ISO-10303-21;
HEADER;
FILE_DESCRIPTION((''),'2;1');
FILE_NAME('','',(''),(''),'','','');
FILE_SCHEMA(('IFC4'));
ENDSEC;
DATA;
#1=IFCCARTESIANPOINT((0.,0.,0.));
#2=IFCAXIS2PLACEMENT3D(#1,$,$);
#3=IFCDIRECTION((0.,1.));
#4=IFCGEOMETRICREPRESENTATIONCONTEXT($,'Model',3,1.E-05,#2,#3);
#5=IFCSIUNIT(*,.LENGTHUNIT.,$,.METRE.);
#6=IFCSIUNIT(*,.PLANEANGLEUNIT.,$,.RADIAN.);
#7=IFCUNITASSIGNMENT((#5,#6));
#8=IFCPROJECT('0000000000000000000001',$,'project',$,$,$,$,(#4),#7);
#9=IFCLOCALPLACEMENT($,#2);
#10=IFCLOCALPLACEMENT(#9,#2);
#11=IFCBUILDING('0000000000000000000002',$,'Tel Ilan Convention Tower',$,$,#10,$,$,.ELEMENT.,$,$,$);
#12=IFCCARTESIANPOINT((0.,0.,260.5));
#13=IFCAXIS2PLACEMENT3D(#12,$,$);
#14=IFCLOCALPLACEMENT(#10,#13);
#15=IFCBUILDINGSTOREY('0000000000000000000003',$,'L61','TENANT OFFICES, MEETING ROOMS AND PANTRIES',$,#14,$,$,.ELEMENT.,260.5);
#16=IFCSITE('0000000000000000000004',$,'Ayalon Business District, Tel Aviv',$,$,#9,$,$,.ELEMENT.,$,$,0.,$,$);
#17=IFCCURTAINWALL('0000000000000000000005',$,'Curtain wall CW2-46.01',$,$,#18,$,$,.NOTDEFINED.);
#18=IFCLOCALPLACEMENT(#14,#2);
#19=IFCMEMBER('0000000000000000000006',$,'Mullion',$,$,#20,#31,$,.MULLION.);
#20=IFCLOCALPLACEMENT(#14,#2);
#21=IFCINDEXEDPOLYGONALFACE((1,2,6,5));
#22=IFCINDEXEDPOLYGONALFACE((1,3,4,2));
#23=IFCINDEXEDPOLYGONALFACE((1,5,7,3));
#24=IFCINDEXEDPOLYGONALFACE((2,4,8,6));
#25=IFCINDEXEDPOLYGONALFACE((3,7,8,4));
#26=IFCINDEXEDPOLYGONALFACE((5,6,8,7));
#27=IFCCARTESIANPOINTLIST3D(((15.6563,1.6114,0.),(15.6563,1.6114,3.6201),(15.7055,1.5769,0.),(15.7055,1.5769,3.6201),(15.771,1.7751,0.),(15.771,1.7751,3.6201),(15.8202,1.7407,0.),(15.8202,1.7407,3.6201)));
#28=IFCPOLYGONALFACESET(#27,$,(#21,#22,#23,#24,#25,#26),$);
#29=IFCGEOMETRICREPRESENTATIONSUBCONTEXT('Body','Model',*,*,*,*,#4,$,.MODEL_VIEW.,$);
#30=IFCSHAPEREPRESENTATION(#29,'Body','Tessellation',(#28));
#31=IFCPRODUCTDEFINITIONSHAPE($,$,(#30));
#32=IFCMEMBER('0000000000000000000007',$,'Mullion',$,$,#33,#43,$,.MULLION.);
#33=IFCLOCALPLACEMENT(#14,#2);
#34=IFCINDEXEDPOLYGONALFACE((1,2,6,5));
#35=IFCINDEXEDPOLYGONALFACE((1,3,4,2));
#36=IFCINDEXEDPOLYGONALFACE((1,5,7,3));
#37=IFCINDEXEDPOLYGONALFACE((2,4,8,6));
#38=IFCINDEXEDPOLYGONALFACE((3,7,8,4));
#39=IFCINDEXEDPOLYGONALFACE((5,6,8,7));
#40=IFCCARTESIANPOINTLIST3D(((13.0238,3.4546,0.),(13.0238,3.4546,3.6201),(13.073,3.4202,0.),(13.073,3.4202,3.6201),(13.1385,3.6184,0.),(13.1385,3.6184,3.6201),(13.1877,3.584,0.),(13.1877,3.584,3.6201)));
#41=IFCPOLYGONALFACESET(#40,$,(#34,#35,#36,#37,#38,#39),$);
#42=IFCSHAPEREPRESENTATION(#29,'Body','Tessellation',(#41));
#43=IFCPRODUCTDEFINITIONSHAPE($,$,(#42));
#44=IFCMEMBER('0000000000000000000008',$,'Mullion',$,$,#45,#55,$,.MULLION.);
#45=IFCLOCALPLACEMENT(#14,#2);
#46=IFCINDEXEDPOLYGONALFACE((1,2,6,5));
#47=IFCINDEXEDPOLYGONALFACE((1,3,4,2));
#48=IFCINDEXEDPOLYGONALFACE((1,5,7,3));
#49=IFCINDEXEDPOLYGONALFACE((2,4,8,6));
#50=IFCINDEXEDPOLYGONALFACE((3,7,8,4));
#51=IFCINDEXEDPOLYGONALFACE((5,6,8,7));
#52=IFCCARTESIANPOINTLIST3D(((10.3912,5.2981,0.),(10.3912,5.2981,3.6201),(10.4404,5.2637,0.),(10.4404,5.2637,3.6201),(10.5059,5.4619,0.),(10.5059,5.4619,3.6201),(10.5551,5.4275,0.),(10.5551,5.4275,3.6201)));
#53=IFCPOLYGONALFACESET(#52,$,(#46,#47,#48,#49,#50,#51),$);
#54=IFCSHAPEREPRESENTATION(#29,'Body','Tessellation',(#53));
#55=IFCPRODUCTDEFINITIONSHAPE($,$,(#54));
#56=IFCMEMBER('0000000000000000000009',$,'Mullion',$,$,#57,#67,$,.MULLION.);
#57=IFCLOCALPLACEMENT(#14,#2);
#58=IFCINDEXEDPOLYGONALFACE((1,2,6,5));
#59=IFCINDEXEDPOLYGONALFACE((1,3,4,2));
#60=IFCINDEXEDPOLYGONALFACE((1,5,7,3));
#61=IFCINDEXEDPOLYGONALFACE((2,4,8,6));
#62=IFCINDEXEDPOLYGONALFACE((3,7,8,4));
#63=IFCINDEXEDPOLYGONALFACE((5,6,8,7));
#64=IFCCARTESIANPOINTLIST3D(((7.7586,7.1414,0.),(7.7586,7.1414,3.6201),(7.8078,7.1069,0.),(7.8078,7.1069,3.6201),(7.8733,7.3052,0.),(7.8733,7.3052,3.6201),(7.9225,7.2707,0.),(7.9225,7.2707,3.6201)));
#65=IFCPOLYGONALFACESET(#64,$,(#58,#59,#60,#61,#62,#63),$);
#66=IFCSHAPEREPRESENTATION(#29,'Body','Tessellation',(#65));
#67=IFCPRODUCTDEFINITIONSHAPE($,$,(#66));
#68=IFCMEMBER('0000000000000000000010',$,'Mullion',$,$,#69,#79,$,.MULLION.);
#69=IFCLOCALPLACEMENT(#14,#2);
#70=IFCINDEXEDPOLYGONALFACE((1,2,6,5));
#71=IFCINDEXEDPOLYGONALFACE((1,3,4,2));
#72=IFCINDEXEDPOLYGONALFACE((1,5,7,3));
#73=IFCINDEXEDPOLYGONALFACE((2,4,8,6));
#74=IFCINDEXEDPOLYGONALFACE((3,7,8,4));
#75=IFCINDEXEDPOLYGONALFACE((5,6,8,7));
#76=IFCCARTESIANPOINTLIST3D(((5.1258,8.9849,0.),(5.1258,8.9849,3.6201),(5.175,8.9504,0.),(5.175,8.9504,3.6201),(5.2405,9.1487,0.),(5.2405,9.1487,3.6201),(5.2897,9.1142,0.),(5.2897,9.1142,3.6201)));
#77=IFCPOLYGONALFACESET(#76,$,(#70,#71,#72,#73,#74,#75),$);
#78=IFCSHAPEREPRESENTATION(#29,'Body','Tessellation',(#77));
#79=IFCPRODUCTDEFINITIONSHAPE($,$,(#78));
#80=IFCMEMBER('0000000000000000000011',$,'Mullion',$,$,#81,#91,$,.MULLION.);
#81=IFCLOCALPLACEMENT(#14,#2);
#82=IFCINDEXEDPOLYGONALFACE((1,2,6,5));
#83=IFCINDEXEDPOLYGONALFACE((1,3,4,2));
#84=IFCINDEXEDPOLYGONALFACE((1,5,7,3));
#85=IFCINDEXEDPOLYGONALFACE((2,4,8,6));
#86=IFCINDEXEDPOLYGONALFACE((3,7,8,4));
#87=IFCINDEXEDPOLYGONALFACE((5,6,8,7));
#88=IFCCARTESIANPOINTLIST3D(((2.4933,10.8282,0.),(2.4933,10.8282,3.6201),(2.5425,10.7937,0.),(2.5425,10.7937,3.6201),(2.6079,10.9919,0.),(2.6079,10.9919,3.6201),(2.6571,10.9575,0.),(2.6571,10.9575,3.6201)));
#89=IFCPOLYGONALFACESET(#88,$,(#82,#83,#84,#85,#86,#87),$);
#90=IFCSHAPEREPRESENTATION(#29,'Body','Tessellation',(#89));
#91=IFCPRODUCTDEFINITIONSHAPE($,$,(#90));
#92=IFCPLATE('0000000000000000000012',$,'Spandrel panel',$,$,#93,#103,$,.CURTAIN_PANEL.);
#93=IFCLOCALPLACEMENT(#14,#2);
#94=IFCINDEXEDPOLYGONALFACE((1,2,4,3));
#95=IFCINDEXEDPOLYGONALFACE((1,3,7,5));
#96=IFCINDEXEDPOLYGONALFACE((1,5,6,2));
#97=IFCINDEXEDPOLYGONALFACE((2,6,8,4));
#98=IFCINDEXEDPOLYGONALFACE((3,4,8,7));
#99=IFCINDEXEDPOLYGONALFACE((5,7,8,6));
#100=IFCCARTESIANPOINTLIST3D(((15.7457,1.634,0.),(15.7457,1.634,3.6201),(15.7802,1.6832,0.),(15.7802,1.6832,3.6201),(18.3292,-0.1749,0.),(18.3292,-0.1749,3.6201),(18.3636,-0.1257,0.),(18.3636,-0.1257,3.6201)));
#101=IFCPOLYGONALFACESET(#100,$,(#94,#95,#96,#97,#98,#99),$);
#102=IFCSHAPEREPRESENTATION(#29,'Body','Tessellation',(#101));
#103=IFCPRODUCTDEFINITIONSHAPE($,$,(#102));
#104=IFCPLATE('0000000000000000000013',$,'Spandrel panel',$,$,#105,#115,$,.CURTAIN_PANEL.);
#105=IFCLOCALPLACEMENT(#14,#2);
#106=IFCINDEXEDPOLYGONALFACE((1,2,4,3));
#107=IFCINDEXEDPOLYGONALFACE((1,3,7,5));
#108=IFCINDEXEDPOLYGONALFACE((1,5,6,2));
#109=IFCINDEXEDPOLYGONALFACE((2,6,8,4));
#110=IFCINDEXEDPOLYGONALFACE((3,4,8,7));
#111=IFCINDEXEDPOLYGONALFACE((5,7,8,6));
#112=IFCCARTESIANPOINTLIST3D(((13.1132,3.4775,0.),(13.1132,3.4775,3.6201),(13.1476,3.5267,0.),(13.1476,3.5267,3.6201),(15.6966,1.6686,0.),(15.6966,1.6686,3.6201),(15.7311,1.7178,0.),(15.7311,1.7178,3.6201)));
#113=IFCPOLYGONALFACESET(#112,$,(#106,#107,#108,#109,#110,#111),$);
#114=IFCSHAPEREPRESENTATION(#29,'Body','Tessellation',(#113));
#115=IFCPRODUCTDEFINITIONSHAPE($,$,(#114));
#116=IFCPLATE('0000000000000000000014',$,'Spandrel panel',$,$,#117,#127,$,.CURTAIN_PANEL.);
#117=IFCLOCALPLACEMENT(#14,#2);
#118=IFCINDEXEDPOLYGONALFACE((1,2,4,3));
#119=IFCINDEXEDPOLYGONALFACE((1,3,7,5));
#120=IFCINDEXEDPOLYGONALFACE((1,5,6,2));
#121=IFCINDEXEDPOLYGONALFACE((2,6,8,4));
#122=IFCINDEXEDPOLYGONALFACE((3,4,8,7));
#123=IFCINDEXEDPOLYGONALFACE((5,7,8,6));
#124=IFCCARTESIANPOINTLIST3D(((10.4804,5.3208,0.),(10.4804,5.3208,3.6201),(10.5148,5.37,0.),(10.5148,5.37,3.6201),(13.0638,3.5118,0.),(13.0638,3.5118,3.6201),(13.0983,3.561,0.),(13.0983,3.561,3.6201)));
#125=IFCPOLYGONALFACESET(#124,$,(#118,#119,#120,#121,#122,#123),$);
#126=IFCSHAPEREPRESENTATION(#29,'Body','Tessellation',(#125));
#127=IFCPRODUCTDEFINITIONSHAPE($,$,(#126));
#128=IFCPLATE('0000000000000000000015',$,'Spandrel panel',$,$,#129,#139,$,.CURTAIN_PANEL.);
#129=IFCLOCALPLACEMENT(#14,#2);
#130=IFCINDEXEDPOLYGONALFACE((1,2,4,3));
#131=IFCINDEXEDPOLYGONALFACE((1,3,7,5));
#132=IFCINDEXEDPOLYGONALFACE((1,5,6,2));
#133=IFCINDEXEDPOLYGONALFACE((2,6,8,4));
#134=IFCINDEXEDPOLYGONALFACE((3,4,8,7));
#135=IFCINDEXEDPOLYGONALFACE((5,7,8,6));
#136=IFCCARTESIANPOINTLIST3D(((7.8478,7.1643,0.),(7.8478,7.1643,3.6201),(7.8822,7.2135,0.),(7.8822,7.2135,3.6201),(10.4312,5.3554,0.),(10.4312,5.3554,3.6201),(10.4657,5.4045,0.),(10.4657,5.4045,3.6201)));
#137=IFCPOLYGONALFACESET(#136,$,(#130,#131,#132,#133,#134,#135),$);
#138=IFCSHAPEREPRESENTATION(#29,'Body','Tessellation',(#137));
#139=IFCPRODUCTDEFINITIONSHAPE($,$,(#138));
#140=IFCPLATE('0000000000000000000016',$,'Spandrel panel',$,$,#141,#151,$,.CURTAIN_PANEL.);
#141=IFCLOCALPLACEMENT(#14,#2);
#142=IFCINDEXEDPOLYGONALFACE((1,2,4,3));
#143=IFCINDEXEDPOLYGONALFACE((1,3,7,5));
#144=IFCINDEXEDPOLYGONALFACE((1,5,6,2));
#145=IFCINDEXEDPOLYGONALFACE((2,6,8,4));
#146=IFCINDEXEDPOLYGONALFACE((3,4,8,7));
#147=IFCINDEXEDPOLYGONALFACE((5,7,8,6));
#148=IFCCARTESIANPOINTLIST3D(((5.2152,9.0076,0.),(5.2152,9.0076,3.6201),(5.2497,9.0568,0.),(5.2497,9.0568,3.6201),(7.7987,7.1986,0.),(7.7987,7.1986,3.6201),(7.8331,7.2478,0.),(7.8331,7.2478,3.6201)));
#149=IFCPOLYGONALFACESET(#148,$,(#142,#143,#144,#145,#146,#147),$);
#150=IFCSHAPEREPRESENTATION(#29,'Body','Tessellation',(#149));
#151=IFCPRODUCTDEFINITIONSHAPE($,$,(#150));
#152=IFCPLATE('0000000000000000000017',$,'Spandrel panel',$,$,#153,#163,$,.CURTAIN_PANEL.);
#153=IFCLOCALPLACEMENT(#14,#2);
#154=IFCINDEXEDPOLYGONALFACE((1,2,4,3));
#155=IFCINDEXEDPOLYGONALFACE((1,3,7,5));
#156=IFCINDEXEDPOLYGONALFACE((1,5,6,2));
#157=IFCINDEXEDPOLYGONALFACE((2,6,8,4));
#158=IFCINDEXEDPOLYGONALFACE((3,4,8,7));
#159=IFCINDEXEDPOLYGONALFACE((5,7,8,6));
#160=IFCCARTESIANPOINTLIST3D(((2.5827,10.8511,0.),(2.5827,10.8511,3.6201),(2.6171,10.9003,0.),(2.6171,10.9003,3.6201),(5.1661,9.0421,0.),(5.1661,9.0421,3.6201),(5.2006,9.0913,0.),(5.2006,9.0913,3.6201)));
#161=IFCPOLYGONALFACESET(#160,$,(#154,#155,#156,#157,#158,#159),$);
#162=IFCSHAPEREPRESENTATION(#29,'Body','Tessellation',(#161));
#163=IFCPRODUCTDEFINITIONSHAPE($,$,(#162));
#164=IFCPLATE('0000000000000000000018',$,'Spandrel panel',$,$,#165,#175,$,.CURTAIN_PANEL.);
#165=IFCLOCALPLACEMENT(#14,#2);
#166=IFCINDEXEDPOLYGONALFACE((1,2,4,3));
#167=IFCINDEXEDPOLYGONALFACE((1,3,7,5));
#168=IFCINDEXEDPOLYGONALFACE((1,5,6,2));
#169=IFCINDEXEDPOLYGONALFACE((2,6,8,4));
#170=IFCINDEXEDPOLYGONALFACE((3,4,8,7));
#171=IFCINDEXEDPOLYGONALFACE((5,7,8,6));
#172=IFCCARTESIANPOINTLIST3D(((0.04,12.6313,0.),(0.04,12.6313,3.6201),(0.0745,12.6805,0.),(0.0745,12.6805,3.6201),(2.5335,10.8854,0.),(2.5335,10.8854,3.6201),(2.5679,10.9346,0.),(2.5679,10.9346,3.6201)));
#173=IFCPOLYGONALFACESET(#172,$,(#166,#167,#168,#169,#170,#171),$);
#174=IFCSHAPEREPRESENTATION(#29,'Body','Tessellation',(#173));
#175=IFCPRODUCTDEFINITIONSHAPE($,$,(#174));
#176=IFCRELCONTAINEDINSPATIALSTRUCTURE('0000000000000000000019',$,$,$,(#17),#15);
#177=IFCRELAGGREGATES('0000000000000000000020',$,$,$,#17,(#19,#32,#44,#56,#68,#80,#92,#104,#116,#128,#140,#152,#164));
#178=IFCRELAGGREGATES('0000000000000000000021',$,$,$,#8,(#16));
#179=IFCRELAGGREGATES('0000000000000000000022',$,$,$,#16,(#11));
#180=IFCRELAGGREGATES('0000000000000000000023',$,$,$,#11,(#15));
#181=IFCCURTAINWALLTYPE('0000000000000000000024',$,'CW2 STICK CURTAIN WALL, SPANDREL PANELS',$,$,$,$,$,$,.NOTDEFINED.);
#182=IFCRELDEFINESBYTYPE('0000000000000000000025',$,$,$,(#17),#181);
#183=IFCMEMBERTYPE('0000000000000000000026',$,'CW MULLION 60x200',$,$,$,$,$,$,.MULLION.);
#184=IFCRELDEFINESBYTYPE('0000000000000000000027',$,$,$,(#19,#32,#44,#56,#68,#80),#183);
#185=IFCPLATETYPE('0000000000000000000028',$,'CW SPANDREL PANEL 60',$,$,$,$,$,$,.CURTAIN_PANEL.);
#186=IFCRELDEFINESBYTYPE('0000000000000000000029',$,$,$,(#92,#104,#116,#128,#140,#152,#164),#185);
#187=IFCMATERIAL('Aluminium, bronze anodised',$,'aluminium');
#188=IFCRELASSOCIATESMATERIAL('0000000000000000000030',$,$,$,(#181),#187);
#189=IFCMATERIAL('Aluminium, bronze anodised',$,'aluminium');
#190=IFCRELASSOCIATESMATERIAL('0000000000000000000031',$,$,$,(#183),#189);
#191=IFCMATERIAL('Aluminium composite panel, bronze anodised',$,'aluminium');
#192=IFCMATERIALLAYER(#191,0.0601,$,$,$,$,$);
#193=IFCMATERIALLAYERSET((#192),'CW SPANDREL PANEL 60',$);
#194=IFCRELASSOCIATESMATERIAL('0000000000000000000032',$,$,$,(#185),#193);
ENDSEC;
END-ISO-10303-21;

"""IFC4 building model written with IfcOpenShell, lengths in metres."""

from ifc_helpers import new_model, si_unit, direction, frame, origin, origin_2d, place, context, subcontext, project, spatial, rectangle, extrude, material, layer, layer_set, material_profile, profile_set, type_object, element, aggregate, save


model = new_model("IFC4")

# Units and contexts
model_context = context("Model", 3, precision=1e-05, world=origin(), true_north=direction((0.0, 1.0)))
body_context = subcontext(model_context, "Body", "Model", "MODEL_VIEW")
ifc_project = project(units=[si_unit("LENGTHUNIT", "METRE"), si_unit("PLANEANGLEUNIT", "RADIAN")], contexts=[model_context])

# Site, building, storey
site_placement = place(None, origin())
site = spatial("IfcSite", under=ifc_project, at=site_placement, Name="Ayalon Business District, Tel Aviv", CompositionType="ELEMENT", RefElevation=0.0)
building_placement = place(site_placement, origin())
building = spatial("IfcBuilding", under=site, at=building_placement, Name="Tel Ilan Convention Tower", CompositionType="ELEMENT")
storey_placement = place(building_placement, frame((0.0, 0.0, 260.5)))
storey = spatial("IfcBuildingStorey", under=building, at=storey_placement, Name="L61", Description="TENANT OFFICES, MEETING ROOMS AND PANTRIES", CompositionType="ELEMENT", Elevation=260.5)

# Curtain wall, members, plates
ifc_material_1 = material(Name="Aluminium, bronze anodised", Category="aluminium")
curtain_wall_type = type_object("IfcCurtainWallType", Name="CW2 STICK CURTAIN WALL, SPANDREL PANELS", PredefinedType="NOTDEFINED", material=ifc_material_1)
curtain_wall_placement = place(storey_placement, origin())
curtain_wall = element("IfcCurtainWall", 1, at=curtain_wall_placement, inside=storey, type_object=curtain_wall_type, Name="Curtain wall CW2-46.01", PredefinedType="NOTDEFINED")
ifc_material_2 = material(Name="Aluminium, bronze anodised", Category="aluminium")
ifc_material_profile = material_profile(ifc_material_2, rectangle(XDim=0.0601, YDim=0.2, at=origin_2d()), Name="CW MULLION 60x200")
ifc_profile_set = profile_set([ifc_material_profile], Name="Aluminium, bronze anodised")
member_type = type_object("IfcMemberType", Name="CW MULLION 60x200", PredefinedType="MULLION", material=ifc_profile_set)
member_1_placement = place(storey_placement, frame((15.7383, 1.676, 0.0), z_axis=(0.0, 0.0, 1.0), x_axis=(-0.819152, 0.573576, 0.0)))
member_1 = element("IfcMember", 2, at=member_1_placement, type_object=member_type, Name="Mullion", PredefinedType="MULLION", context=body_context, shape_type="SweptSolid", body=[
    extrude(rectangle(XDim=0.0601, YDim=0.2, at=origin_2d()), origin(), (0.0, 0.0, 1.0), 3.6201),
])
member_2_placement = place(storey_placement, frame((13.1057, 3.5193, 0.0), z_axis=(0.0, 0.0, 1.0), x_axis=(-0.819152, 0.573576, 0.0)))
member_2 = element("IfcMember", 3, at=member_2_placement, type_object=member_type, Name="Mullion", PredefinedType="MULLION", context=body_context, shape_type="SweptSolid", body=[
    extrude(rectangle(XDim=0.0601, YDim=0.2, at=origin_2d()), origin(), (0.0, 0.0, 1.0), 3.6201),
])
member_3_placement = place(storey_placement, frame((10.4731, 5.3628, 0.0), z_axis=(0.0, 0.0, 1.0), x_axis=(-0.819152, 0.573576, 0.0)))
member_3 = element("IfcMember", 4, at=member_3_placement, type_object=member_type, Name="Mullion", PredefinedType="MULLION", context=body_context, shape_type="SweptSolid", body=[
    extrude(rectangle(XDim=0.0601, YDim=0.2, at=origin_2d()), origin(), (0.0, 0.0, 1.0), 3.6201),
])
member_4_placement = place(storey_placement, frame((7.8406, 7.2061, 0.0), z_axis=(0.0, 0.0, 1.0), x_axis=(-0.819152, 0.573576, 0.0)))
member_4 = element("IfcMember", 5, at=member_4_placement, type_object=member_type, Name="Mullion", PredefinedType="MULLION", context=body_context, shape_type="SweptSolid", body=[
    extrude(rectangle(XDim=0.0601, YDim=0.2, at=origin_2d()), origin(), (0.0, 0.0, 1.0), 3.6201),
])
member_5_placement = place(storey_placement, frame((5.2078, 9.0496, 0.0), z_axis=(0.0, 0.0, 1.0), x_axis=(-0.819152, 0.573576, 0.0)))
member_5 = element("IfcMember", 6, at=member_5_placement, type_object=member_type, Name="Mullion", PredefinedType="MULLION", context=body_context, shape_type="SweptSolid", body=[
    extrude(rectangle(XDim=0.0601, YDim=0.2, at=origin_2d()), origin(), (0.0, 0.0, 1.0), 3.6201),
])
member_6_placement = place(storey_placement, frame((2.5752, 10.8928, 0.0), z_axis=(0.0, 0.0, 1.0), x_axis=(-0.819152, 0.573576, 0.0)))
member_6 = element("IfcMember", 7, at=member_6_placement, type_object=member_type, Name="Mullion", PredefinedType="MULLION", context=body_context, shape_type="SweptSolid", body=[
    extrude(rectangle(XDim=0.0601, YDim=0.2, at=origin_2d()), origin(), (0.0, 0.0, 1.0), 3.6201),
])
ifc_material_3 = material(Name="Aluminium composite panel, bronze anodised", Category="aluminium")
ifc_layer_1 = layer(ifc_material_3, 0.0601)
ifc_layer_set_1 = layer_set([ifc_layer_1], Name="CW SPANDREL PANEL 60")
plate_type = type_object("IfcPlateType", Name="CW SPANDREL PANEL 60", PredefinedType="CURTAIN_PANEL", material=ifc_layer_set_1)
plate_1_placement = place(storey_placement, frame((17.0547, 0.7542, 0.0), z_axis=(0.0, 0.0, 1.0), x_axis=(-0.819152, 0.573576, 0.0)))
plate_1 = element("IfcPlate", 8, at=plate_1_placement, type_object=plate_type, Name="Spandrel panel", PredefinedType="CURTAIN_PANEL", context=body_context, shape_type="SweptSolid", body=[
    extrude(rectangle(XDim=3.1538, YDim=0.0601, at=origin_2d()), origin(), (0.0, 0.0, 1.0), 3.6201),
])
plate_2_placement = place(storey_placement, frame((14.4221, 2.5977, 0.0), z_axis=(0.0, 0.0, 1.0), x_axis=(-0.819152, 0.573576, 0.0)))
plate_2 = element("IfcPlate", 9, at=plate_2_placement, type_object=plate_type, Name="Spandrel panel", PredefinedType="CURTAIN_PANEL", context=body_context, shape_type="SweptSolid", body=[
    extrude(rectangle(XDim=3.1538, YDim=0.0601, at=origin_2d()), origin(), (0.0, 0.0, 1.0), 3.6201),
])
plate_3_placement = place(storey_placement, frame((11.7893, 4.4409, 0.0), z_axis=(0.0, 0.0, 1.0), x_axis=(-0.819152, 0.573576, 0.0)))
plate_3 = element("IfcPlate", 10, at=plate_3_placement, type_object=plate_type, Name="Spandrel panel", PredefinedType="CURTAIN_PANEL", context=body_context, shape_type="SweptSolid", body=[
    extrude(rectangle(XDim=3.1538, YDim=0.0601, at=origin_2d()), origin(), (0.0, 0.0, 1.0), 3.6201),
])
plate_4_placement = place(storey_placement, frame((9.1567, 6.2844, 0.0), z_axis=(0.0, 0.0, 1.0), x_axis=(-0.819152, 0.573576, 0.0)))
plate_4 = element("IfcPlate", 11, at=plate_4_placement, type_object=plate_type, Name="Spandrel panel", PredefinedType="CURTAIN_PANEL", context=body_context, shape_type="SweptSolid", body=[
    extrude(rectangle(XDim=3.1538, YDim=0.0601, at=origin_2d()), origin(), (0.0, 0.0, 1.0), 3.6201),
])
plate_5_placement = place(storey_placement, frame((6.5242, 8.1277, 0.0), z_axis=(0.0, 0.0, 1.0), x_axis=(-0.819152, 0.573576, 0.0)))
plate_5 = element("IfcPlate", 12, at=plate_5_placement, type_object=plate_type, Name="Spandrel panel", PredefinedType="CURTAIN_PANEL", context=body_context, shape_type="SweptSolid", body=[
    extrude(rectangle(XDim=3.1538, YDim=0.0601, at=origin_2d()), origin(), (0.0, 0.0, 1.0), 3.6201),
])
plate_6_placement = place(storey_placement, frame((3.8916, 9.9712, 0.0), z_axis=(0.0, 0.0, 1.0), x_axis=(-0.819152, 0.573576, 0.0)))
plate_6 = element("IfcPlate", 13, at=plate_6_placement, type_object=plate_type, Name="Spandrel panel", PredefinedType="CURTAIN_PANEL", context=body_context, shape_type="SweptSolid", body=[
    extrude(rectangle(XDim=3.1538, YDim=0.0601, at=origin_2d()), origin(), (0.0, 0.0, 1.0), 3.6201),
])
plate_7_placement = place(storey_placement, frame((1.304, 11.783, 0.0), z_axis=(0.0, 0.0, 1.0), x_axis=(-0.819152, 0.573576, 0.0)))
plate_7 = element("IfcPlate", 14, at=plate_7_placement, type_object=plate_type, Name="Spandrel panel", PredefinedType="CURTAIN_PANEL", context=body_context, shape_type="SweptSolid", body=[
    extrude(rectangle(XDim=3.0439, YDim=0.0601, at=origin_2d()), origin(), (0.0, 0.0, 1.0), 3.6201),
])
aggregate(curtain_wall, [member_1, member_2, member_3, member_4, member_5, member_6, plate_1, plate_2, plate_3, plate_4, plate_5, plate_6, plate_7])

save(model, "model.ifc")
